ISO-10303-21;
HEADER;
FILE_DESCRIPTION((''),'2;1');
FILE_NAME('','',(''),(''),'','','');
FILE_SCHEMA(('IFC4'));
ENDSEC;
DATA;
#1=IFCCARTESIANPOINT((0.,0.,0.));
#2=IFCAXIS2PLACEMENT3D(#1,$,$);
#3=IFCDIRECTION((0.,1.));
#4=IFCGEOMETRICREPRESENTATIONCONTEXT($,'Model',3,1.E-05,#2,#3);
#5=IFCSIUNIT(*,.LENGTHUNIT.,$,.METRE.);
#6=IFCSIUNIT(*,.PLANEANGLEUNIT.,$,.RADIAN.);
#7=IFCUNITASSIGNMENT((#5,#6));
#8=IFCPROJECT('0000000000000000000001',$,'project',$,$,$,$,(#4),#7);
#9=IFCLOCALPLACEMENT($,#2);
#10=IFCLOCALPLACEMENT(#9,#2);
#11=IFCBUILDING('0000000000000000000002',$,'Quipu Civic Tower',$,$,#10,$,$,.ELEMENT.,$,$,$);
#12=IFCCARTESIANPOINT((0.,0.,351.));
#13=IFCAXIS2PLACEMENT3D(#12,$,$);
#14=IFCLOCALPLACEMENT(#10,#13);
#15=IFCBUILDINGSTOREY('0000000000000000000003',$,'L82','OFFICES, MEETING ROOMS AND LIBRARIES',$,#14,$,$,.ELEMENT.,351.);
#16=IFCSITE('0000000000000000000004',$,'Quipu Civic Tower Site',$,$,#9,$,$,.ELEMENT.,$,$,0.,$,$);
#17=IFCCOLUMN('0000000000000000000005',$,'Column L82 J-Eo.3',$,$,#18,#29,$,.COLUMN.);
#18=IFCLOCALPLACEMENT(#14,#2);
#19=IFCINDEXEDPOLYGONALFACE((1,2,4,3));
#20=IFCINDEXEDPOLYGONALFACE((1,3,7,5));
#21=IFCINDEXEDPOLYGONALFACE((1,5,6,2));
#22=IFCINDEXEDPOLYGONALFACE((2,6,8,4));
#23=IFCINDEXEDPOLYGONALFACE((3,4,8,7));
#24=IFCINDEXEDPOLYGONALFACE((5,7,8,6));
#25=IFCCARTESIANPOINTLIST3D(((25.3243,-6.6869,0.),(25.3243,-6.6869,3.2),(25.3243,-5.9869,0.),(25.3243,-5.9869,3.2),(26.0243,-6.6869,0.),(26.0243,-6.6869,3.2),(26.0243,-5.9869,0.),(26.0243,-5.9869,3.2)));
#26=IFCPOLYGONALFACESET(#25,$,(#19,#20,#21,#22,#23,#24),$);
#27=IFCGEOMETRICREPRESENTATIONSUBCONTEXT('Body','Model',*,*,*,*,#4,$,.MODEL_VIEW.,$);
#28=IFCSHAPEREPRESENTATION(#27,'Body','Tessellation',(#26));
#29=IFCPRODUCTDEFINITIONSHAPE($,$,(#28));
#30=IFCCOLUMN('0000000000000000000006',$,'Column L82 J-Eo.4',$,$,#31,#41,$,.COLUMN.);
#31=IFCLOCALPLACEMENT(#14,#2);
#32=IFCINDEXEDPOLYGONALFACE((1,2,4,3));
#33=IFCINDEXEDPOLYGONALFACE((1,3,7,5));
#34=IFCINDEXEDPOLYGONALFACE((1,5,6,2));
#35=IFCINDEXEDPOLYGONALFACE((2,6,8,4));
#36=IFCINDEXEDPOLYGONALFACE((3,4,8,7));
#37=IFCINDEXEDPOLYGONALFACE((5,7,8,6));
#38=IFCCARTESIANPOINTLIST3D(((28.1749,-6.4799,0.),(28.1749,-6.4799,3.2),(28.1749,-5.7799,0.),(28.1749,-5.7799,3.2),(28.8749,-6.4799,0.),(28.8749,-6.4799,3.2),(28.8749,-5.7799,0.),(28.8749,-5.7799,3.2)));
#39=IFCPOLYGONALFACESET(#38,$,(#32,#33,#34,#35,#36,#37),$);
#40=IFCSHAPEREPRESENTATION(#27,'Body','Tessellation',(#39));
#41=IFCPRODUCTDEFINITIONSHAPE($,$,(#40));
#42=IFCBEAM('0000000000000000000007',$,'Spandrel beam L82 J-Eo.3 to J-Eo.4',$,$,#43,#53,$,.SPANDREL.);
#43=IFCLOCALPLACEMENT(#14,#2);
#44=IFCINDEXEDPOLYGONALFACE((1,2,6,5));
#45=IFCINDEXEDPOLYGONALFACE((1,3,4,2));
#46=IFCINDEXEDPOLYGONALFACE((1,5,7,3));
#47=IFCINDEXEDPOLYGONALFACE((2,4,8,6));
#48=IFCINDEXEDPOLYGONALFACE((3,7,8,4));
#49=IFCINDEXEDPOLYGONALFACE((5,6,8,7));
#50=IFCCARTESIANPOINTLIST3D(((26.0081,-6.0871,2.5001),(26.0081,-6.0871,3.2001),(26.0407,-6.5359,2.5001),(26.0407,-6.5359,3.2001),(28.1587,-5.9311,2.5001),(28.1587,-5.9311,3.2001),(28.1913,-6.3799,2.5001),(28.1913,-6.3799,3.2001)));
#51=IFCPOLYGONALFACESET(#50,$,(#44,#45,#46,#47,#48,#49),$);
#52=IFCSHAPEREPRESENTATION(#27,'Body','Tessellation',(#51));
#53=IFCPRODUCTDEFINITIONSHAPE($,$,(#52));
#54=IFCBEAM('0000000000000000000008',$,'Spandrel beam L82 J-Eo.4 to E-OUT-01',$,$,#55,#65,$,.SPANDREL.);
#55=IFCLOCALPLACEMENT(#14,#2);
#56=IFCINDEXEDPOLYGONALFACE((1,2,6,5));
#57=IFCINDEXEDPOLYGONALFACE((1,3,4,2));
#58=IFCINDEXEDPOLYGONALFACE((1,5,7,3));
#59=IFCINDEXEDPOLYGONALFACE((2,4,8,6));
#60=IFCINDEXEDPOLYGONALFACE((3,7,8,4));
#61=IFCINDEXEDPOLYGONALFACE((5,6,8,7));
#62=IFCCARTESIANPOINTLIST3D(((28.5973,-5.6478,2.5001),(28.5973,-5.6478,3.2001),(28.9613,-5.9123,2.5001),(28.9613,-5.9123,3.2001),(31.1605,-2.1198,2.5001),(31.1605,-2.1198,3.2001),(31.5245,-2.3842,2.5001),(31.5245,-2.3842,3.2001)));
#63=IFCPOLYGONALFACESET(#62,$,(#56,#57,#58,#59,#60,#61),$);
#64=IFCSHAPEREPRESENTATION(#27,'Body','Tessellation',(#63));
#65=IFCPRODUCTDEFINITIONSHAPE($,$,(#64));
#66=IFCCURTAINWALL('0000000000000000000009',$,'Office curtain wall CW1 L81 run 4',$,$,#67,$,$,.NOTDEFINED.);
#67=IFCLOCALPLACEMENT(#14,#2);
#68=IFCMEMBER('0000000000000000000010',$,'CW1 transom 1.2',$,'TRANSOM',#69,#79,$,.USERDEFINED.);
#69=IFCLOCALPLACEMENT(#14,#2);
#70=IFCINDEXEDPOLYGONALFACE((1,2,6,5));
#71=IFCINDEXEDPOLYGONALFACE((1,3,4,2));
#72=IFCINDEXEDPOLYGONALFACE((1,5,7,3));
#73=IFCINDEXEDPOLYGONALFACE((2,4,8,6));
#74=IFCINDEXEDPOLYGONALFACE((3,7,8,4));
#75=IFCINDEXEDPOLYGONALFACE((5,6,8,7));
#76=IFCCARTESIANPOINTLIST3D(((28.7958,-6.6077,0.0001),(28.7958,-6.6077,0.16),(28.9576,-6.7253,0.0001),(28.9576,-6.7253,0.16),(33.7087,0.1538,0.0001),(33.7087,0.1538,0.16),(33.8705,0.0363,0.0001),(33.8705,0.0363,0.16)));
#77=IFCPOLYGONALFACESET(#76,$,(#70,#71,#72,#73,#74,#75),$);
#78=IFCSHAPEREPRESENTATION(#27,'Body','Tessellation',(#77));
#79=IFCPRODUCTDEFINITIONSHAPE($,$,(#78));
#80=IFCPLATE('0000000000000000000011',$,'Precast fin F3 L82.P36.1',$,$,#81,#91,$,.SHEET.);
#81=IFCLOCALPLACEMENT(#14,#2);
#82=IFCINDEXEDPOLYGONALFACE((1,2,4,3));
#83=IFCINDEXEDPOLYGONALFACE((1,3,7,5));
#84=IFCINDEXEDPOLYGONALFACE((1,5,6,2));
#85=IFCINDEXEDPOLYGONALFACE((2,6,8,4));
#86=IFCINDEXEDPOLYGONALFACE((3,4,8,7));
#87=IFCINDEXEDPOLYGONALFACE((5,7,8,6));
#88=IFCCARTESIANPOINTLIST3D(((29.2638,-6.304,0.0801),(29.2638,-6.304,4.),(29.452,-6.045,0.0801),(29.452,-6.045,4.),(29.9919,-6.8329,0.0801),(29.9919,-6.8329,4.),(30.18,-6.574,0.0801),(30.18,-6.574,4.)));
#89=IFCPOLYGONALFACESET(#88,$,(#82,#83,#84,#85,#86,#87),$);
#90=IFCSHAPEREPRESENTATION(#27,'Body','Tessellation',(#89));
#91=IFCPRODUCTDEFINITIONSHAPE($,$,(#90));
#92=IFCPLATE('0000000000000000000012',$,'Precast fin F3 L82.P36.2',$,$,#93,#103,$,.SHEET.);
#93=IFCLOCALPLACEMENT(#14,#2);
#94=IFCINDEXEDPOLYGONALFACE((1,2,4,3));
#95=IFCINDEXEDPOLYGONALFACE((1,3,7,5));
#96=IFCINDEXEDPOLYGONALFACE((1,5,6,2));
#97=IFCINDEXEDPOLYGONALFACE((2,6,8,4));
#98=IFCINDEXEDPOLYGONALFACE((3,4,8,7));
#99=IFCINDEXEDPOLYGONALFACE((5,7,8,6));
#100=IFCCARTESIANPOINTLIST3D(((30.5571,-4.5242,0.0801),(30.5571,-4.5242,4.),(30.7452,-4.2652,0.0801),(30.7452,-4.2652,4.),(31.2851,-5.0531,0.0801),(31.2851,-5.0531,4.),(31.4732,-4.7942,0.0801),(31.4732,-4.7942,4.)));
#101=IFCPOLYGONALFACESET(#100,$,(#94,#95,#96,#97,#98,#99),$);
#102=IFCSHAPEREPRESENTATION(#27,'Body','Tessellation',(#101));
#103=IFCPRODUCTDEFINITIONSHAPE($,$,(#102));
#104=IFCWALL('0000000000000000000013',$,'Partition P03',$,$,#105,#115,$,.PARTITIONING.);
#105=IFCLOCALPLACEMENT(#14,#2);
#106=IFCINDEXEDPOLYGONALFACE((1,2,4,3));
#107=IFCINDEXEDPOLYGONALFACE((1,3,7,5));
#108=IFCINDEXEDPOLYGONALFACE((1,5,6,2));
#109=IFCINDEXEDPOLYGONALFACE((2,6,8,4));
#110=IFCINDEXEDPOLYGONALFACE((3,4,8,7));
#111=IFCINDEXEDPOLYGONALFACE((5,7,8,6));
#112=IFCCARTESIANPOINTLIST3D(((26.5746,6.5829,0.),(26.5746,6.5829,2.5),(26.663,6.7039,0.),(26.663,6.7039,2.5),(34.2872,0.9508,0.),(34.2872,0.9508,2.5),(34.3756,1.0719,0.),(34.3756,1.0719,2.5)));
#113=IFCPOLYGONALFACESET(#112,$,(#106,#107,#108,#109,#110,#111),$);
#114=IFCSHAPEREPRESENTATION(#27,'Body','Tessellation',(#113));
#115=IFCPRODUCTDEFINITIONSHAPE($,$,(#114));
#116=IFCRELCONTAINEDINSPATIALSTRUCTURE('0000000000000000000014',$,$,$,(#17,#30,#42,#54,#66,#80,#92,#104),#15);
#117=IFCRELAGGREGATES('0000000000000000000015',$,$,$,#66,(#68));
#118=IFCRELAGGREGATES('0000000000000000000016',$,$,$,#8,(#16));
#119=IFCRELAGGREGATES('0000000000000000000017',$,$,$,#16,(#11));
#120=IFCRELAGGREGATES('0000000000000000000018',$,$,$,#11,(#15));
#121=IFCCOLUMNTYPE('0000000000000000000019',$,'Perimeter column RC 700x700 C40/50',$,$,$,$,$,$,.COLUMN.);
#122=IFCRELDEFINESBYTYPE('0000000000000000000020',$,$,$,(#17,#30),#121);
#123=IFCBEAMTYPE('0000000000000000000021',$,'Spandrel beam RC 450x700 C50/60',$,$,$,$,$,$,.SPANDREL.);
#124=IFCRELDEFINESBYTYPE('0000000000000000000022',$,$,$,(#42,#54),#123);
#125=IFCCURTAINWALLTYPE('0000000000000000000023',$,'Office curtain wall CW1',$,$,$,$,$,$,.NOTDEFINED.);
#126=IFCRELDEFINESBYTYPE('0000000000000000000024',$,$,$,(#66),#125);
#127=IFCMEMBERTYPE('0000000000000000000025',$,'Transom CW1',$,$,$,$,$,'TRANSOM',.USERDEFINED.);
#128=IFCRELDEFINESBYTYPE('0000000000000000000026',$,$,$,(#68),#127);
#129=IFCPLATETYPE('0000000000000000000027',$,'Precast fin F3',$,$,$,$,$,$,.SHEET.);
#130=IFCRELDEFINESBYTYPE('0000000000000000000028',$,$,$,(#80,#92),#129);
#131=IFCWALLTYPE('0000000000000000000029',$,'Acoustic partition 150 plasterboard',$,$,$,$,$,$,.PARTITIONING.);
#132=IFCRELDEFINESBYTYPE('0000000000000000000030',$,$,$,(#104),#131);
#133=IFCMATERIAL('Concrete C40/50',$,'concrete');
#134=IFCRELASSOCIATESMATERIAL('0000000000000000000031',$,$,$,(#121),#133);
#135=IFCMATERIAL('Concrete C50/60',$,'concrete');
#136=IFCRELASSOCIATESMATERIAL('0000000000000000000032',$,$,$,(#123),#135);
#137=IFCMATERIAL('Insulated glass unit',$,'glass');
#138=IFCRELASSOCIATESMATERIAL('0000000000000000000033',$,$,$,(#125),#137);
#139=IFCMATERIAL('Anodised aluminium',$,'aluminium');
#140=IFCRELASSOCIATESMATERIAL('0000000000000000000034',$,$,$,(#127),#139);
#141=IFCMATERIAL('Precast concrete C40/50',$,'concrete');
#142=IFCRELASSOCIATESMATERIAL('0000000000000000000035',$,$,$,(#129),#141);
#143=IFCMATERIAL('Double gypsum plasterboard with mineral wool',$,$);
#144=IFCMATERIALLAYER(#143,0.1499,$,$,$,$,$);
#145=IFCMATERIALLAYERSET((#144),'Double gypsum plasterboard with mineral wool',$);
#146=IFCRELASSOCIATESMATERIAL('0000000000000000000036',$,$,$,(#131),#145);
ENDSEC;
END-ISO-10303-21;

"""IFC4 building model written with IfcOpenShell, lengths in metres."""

from ifc_helpers import new_model, si_unit, direction, frame, frame_2d, origin, origin_2d, place, context, subcontext, project, spatial, rectangle, extrude, material, layer, layer_set, material_profile, profile_set, type_object, element, aggregate, save


model = new_model("IFC4")

# Units and contexts
model_context = context("Model", 3, precision=1e-05, world=origin(), true_north=direction((0.0, 1.0)))
body_context = subcontext(model_context, "Body", "Model", "MODEL_VIEW")
ifc_project = project(units=[si_unit("LENGTHUNIT", "METRE"), si_unit("PLANEANGLEUNIT", "RADIAN")], contexts=[model_context])

# Site, building, storey
site_placement = place(None, origin())
site = spatial("IfcSite", under=ifc_project, at=site_placement, Name="Quipu Civic Tower Site", CompositionType="ELEMENT", RefElevation=0.0)
building_placement = place(site_placement, origin())
building = spatial("IfcBuilding", under=site, at=building_placement, Name="Quipu Civic Tower", CompositionType="ELEMENT")
storey_placement = place(building_placement, frame((0.0, 0.0, 351.0)))
storey = spatial("IfcBuildingStorey", under=building, at=storey_placement, Name="L82", Description="OFFICES, MEETING ROOMS AND LIBRARIES", CompositionType="ELEMENT", Elevation=351.0)

# Columns
ifc_material_1 = material(Name="Concrete C40/50", Category="concrete")
ifc_material_profile_1 = material_profile(ifc_material_1, rectangle(XDim=0.7, YDim=0.7, at=origin_2d()), Name="RC700x700")
ifc_profile_set_1 = profile_set([ifc_material_profile_1], Name="Concrete C40/50")
column_type = type_object("IfcColumnType", Name="Perimeter column RC 700x700 C40/50", PredefinedType="COLUMN", material=ifc_profile_set_1)
for number, where, z_axis, x_axis, name in (
    (1, (25.6743, -6.3369, 0.0), (0.0, 0.0, 1.0), (1.0, 0.0, 0.0), "Column L82 J-Eo.3"),
    (2, (28.5249, -6.1299, 0.0), (0.0, 0.0, 1.0), (1.0, 0.0, 0.0), "Column L82 J-Eo.4"),
):
    element("IfcColumn", number, at=place(storey_placement, frame(where, z_axis=z_axis, x_axis=x_axis)), inside=storey, type_object=column_type, Name=name, PredefinedType="COLUMN", context=body_context, shape_type="SweptSolid", body=[
        extrude(rectangle(XDim=0.7, YDim=0.7, at=origin_2d()), origin(), (0.0, 0.0, 1.0), 3.2),
    ])

# Beams
ifc_material_2 = material(Name="Concrete C50/60", Category="concrete")
ifc_material_profile_2 = material_profile(ifc_material_2, rectangle(XDim=0.45, YDim=0.7, at=origin_2d()), Name="RC450x700")
ifc_profile_set_2 = profile_set([ifc_material_profile_2], Name="Concrete C50/60")
beam_type = type_object("IfcBeamType", Name="Spandrel beam RC 450x700 C50/60", PredefinedType="SPANDREL", material=ifc_profile_set_2)
beam_1_placement = place(storey_placement, frame((26.0244, -6.3115, 2.8501), z_axis=(0.997379, 0.072349, 0.0), x_axis=(-0.072349, 0.997379, 0.0)))
element("IfcBeam", 3, at=beam_1_placement, inside=storey, type_object=beam_type, Name="Spandrel beam L82 J-Eo.3 to J-Eo.4", PredefinedType="SPANDREL", context=body_context, shape_type="SweptSolid", body=[
    extrude(rectangle(XDim=0.45, YDim=0.7, at=origin_2d()), origin(), (0.0, 0.0, 1.0), 2.1562),
])
beam_2_placement = place(storey_placement, frame((28.7793, -5.78, 2.8501), z_axis=(0.587776, 0.809024, 0.0), x_axis=(-0.809024, 0.587776, 0.0)))
element("IfcBeam", 4, at=beam_2_placement, inside=storey, type_object=beam_type, Name="Spandrel beam L82 J-Eo.4 to E-OUT-01", PredefinedType="SPANDREL", context=body_context, shape_type="SweptSolid", body=[
    extrude(rectangle(XDim=0.45, YDim=0.7, at=origin_2d()), origin(), (0.0, 0.0, 1.0), 4.3608),
])

# Curtain wall, member
ifc_material_3 = material(Name="Insulated glass unit", Category="glass")
curtain_wall_type = type_object("IfcCurtainWallType", Name="Office curtain wall CW1", PredefinedType="NOTDEFINED", material=ifc_material_3)
curtain_wall_placement = place(storey_placement, origin())
curtain_wall = element("IfcCurtainWall", 5, at=curtain_wall_placement, inside=storey, type_object=curtain_wall_type, Name="Office curtain wall CW1 L81 run 4", PredefinedType="NOTDEFINED")
ifc_material_4 = material(Name="Anodised aluminium", Category="aluminium")
ifc_material_profile_3 = material_profile(ifc_material_4, rectangle(XDim=0.2, YDim=0.1599, at=origin_2d()), Name="RECT 200x160")
ifc_profile_set_3 = profile_set([ifc_material_profile_3], Name="Anodised aluminium")
member_type = type_object("IfcMemberType", Name="Transom CW1", ElementType="TRANSOM", PredefinedType="USERDEFINED", material=ifc_profile_set_3)
member_placement = place(storey_placement, frame((28.8767, -6.6665, 0.0801), z_axis=(0.587812, 0.808997, 0.0), x_axis=(-0.808997, 0.587812, 0.0)))
member = element("IfcMember", 6, at=member_placement, type_object=member_type, Name="CW1 transom 1.2", ObjectType="TRANSOM", PredefinedType="USERDEFINED", context=body_context, shape_type="SweptSolid", body=[
    extrude(rectangle(XDim=0.2, YDim=0.1599, at=origin_2d()), origin(), (0.0, 0.0, 1.0), 8.3579),
])
aggregate(curtain_wall, [member])

# Plates
ifc_material_5 = material(Name="Precast concrete C40/50", Category="concrete")
plate_type = type_object("IfcPlateType", Name="Precast fin F3", PredefinedType="SHEET", material=ifc_material_5)
for number, where, z_axis, x_axis, name in (
    (7, (29.7219, -6.439, 0.0801), (0.0, 0.0, 1.0), (0.587787, 0.809016, 0.0), "Precast fin F3 L82.P36.1"),
    (8, (31.0151, -4.6592, 0.0801), (0.0, 0.0, 1.0), (0.587787, 0.809016, 0.0), "Precast fin F3 L82.P36.2"),
):
    element("IfcPlate", number, at=place(storey_placement, frame(where, z_axis=z_axis, x_axis=x_axis)), inside=storey, type_object=plate_type, Name=name, PredefinedType="SHEET", context=body_context, shape_type="SweptSolid", body=[
        extrude(rectangle(XDim=0.3201, YDim=0.8999, at=origin_2d()), origin(), (0.0, 0.0, 1.0), 3.9199),
    ])

# Wall
ifc_material_6 = material(Name="Double gypsum plasterboard with mineral wool")
ifc_layer_1 = layer(ifc_material_6, 0.1499)
ifc_layer_set_1 = layer_set([ifc_layer_1], Name="Double gypsum plasterboard with mineral wool")
wall_type_1 = type_object("IfcWallType", Name="Acoustic partition 150 plasterboard", PredefinedType="PARTITIONING", material=ifc_layer_set_1)
wall_1_placement = place(storey_placement, frame((26.6189, 6.6433, 0.0), z_axis=(0.0, 0.0, 1.0), x_axis=(0.807595, -0.589738, 0.0)))
element("IfcWall", 9, at=wall_1_placement, inside=storey, type_object=wall_type_1, Name="Partition P03", PredefinedType="PARTITIONING", context=body_context, shape_type="SweptSolid", body=[
    extrude(rectangle(XDim=9.55, YDim=0.1499, at=frame_2d((4.7749, 0.0))), origin(), (0.0, 0.0, 1.0), 2.5),
])

save(model, "model.ifc")
